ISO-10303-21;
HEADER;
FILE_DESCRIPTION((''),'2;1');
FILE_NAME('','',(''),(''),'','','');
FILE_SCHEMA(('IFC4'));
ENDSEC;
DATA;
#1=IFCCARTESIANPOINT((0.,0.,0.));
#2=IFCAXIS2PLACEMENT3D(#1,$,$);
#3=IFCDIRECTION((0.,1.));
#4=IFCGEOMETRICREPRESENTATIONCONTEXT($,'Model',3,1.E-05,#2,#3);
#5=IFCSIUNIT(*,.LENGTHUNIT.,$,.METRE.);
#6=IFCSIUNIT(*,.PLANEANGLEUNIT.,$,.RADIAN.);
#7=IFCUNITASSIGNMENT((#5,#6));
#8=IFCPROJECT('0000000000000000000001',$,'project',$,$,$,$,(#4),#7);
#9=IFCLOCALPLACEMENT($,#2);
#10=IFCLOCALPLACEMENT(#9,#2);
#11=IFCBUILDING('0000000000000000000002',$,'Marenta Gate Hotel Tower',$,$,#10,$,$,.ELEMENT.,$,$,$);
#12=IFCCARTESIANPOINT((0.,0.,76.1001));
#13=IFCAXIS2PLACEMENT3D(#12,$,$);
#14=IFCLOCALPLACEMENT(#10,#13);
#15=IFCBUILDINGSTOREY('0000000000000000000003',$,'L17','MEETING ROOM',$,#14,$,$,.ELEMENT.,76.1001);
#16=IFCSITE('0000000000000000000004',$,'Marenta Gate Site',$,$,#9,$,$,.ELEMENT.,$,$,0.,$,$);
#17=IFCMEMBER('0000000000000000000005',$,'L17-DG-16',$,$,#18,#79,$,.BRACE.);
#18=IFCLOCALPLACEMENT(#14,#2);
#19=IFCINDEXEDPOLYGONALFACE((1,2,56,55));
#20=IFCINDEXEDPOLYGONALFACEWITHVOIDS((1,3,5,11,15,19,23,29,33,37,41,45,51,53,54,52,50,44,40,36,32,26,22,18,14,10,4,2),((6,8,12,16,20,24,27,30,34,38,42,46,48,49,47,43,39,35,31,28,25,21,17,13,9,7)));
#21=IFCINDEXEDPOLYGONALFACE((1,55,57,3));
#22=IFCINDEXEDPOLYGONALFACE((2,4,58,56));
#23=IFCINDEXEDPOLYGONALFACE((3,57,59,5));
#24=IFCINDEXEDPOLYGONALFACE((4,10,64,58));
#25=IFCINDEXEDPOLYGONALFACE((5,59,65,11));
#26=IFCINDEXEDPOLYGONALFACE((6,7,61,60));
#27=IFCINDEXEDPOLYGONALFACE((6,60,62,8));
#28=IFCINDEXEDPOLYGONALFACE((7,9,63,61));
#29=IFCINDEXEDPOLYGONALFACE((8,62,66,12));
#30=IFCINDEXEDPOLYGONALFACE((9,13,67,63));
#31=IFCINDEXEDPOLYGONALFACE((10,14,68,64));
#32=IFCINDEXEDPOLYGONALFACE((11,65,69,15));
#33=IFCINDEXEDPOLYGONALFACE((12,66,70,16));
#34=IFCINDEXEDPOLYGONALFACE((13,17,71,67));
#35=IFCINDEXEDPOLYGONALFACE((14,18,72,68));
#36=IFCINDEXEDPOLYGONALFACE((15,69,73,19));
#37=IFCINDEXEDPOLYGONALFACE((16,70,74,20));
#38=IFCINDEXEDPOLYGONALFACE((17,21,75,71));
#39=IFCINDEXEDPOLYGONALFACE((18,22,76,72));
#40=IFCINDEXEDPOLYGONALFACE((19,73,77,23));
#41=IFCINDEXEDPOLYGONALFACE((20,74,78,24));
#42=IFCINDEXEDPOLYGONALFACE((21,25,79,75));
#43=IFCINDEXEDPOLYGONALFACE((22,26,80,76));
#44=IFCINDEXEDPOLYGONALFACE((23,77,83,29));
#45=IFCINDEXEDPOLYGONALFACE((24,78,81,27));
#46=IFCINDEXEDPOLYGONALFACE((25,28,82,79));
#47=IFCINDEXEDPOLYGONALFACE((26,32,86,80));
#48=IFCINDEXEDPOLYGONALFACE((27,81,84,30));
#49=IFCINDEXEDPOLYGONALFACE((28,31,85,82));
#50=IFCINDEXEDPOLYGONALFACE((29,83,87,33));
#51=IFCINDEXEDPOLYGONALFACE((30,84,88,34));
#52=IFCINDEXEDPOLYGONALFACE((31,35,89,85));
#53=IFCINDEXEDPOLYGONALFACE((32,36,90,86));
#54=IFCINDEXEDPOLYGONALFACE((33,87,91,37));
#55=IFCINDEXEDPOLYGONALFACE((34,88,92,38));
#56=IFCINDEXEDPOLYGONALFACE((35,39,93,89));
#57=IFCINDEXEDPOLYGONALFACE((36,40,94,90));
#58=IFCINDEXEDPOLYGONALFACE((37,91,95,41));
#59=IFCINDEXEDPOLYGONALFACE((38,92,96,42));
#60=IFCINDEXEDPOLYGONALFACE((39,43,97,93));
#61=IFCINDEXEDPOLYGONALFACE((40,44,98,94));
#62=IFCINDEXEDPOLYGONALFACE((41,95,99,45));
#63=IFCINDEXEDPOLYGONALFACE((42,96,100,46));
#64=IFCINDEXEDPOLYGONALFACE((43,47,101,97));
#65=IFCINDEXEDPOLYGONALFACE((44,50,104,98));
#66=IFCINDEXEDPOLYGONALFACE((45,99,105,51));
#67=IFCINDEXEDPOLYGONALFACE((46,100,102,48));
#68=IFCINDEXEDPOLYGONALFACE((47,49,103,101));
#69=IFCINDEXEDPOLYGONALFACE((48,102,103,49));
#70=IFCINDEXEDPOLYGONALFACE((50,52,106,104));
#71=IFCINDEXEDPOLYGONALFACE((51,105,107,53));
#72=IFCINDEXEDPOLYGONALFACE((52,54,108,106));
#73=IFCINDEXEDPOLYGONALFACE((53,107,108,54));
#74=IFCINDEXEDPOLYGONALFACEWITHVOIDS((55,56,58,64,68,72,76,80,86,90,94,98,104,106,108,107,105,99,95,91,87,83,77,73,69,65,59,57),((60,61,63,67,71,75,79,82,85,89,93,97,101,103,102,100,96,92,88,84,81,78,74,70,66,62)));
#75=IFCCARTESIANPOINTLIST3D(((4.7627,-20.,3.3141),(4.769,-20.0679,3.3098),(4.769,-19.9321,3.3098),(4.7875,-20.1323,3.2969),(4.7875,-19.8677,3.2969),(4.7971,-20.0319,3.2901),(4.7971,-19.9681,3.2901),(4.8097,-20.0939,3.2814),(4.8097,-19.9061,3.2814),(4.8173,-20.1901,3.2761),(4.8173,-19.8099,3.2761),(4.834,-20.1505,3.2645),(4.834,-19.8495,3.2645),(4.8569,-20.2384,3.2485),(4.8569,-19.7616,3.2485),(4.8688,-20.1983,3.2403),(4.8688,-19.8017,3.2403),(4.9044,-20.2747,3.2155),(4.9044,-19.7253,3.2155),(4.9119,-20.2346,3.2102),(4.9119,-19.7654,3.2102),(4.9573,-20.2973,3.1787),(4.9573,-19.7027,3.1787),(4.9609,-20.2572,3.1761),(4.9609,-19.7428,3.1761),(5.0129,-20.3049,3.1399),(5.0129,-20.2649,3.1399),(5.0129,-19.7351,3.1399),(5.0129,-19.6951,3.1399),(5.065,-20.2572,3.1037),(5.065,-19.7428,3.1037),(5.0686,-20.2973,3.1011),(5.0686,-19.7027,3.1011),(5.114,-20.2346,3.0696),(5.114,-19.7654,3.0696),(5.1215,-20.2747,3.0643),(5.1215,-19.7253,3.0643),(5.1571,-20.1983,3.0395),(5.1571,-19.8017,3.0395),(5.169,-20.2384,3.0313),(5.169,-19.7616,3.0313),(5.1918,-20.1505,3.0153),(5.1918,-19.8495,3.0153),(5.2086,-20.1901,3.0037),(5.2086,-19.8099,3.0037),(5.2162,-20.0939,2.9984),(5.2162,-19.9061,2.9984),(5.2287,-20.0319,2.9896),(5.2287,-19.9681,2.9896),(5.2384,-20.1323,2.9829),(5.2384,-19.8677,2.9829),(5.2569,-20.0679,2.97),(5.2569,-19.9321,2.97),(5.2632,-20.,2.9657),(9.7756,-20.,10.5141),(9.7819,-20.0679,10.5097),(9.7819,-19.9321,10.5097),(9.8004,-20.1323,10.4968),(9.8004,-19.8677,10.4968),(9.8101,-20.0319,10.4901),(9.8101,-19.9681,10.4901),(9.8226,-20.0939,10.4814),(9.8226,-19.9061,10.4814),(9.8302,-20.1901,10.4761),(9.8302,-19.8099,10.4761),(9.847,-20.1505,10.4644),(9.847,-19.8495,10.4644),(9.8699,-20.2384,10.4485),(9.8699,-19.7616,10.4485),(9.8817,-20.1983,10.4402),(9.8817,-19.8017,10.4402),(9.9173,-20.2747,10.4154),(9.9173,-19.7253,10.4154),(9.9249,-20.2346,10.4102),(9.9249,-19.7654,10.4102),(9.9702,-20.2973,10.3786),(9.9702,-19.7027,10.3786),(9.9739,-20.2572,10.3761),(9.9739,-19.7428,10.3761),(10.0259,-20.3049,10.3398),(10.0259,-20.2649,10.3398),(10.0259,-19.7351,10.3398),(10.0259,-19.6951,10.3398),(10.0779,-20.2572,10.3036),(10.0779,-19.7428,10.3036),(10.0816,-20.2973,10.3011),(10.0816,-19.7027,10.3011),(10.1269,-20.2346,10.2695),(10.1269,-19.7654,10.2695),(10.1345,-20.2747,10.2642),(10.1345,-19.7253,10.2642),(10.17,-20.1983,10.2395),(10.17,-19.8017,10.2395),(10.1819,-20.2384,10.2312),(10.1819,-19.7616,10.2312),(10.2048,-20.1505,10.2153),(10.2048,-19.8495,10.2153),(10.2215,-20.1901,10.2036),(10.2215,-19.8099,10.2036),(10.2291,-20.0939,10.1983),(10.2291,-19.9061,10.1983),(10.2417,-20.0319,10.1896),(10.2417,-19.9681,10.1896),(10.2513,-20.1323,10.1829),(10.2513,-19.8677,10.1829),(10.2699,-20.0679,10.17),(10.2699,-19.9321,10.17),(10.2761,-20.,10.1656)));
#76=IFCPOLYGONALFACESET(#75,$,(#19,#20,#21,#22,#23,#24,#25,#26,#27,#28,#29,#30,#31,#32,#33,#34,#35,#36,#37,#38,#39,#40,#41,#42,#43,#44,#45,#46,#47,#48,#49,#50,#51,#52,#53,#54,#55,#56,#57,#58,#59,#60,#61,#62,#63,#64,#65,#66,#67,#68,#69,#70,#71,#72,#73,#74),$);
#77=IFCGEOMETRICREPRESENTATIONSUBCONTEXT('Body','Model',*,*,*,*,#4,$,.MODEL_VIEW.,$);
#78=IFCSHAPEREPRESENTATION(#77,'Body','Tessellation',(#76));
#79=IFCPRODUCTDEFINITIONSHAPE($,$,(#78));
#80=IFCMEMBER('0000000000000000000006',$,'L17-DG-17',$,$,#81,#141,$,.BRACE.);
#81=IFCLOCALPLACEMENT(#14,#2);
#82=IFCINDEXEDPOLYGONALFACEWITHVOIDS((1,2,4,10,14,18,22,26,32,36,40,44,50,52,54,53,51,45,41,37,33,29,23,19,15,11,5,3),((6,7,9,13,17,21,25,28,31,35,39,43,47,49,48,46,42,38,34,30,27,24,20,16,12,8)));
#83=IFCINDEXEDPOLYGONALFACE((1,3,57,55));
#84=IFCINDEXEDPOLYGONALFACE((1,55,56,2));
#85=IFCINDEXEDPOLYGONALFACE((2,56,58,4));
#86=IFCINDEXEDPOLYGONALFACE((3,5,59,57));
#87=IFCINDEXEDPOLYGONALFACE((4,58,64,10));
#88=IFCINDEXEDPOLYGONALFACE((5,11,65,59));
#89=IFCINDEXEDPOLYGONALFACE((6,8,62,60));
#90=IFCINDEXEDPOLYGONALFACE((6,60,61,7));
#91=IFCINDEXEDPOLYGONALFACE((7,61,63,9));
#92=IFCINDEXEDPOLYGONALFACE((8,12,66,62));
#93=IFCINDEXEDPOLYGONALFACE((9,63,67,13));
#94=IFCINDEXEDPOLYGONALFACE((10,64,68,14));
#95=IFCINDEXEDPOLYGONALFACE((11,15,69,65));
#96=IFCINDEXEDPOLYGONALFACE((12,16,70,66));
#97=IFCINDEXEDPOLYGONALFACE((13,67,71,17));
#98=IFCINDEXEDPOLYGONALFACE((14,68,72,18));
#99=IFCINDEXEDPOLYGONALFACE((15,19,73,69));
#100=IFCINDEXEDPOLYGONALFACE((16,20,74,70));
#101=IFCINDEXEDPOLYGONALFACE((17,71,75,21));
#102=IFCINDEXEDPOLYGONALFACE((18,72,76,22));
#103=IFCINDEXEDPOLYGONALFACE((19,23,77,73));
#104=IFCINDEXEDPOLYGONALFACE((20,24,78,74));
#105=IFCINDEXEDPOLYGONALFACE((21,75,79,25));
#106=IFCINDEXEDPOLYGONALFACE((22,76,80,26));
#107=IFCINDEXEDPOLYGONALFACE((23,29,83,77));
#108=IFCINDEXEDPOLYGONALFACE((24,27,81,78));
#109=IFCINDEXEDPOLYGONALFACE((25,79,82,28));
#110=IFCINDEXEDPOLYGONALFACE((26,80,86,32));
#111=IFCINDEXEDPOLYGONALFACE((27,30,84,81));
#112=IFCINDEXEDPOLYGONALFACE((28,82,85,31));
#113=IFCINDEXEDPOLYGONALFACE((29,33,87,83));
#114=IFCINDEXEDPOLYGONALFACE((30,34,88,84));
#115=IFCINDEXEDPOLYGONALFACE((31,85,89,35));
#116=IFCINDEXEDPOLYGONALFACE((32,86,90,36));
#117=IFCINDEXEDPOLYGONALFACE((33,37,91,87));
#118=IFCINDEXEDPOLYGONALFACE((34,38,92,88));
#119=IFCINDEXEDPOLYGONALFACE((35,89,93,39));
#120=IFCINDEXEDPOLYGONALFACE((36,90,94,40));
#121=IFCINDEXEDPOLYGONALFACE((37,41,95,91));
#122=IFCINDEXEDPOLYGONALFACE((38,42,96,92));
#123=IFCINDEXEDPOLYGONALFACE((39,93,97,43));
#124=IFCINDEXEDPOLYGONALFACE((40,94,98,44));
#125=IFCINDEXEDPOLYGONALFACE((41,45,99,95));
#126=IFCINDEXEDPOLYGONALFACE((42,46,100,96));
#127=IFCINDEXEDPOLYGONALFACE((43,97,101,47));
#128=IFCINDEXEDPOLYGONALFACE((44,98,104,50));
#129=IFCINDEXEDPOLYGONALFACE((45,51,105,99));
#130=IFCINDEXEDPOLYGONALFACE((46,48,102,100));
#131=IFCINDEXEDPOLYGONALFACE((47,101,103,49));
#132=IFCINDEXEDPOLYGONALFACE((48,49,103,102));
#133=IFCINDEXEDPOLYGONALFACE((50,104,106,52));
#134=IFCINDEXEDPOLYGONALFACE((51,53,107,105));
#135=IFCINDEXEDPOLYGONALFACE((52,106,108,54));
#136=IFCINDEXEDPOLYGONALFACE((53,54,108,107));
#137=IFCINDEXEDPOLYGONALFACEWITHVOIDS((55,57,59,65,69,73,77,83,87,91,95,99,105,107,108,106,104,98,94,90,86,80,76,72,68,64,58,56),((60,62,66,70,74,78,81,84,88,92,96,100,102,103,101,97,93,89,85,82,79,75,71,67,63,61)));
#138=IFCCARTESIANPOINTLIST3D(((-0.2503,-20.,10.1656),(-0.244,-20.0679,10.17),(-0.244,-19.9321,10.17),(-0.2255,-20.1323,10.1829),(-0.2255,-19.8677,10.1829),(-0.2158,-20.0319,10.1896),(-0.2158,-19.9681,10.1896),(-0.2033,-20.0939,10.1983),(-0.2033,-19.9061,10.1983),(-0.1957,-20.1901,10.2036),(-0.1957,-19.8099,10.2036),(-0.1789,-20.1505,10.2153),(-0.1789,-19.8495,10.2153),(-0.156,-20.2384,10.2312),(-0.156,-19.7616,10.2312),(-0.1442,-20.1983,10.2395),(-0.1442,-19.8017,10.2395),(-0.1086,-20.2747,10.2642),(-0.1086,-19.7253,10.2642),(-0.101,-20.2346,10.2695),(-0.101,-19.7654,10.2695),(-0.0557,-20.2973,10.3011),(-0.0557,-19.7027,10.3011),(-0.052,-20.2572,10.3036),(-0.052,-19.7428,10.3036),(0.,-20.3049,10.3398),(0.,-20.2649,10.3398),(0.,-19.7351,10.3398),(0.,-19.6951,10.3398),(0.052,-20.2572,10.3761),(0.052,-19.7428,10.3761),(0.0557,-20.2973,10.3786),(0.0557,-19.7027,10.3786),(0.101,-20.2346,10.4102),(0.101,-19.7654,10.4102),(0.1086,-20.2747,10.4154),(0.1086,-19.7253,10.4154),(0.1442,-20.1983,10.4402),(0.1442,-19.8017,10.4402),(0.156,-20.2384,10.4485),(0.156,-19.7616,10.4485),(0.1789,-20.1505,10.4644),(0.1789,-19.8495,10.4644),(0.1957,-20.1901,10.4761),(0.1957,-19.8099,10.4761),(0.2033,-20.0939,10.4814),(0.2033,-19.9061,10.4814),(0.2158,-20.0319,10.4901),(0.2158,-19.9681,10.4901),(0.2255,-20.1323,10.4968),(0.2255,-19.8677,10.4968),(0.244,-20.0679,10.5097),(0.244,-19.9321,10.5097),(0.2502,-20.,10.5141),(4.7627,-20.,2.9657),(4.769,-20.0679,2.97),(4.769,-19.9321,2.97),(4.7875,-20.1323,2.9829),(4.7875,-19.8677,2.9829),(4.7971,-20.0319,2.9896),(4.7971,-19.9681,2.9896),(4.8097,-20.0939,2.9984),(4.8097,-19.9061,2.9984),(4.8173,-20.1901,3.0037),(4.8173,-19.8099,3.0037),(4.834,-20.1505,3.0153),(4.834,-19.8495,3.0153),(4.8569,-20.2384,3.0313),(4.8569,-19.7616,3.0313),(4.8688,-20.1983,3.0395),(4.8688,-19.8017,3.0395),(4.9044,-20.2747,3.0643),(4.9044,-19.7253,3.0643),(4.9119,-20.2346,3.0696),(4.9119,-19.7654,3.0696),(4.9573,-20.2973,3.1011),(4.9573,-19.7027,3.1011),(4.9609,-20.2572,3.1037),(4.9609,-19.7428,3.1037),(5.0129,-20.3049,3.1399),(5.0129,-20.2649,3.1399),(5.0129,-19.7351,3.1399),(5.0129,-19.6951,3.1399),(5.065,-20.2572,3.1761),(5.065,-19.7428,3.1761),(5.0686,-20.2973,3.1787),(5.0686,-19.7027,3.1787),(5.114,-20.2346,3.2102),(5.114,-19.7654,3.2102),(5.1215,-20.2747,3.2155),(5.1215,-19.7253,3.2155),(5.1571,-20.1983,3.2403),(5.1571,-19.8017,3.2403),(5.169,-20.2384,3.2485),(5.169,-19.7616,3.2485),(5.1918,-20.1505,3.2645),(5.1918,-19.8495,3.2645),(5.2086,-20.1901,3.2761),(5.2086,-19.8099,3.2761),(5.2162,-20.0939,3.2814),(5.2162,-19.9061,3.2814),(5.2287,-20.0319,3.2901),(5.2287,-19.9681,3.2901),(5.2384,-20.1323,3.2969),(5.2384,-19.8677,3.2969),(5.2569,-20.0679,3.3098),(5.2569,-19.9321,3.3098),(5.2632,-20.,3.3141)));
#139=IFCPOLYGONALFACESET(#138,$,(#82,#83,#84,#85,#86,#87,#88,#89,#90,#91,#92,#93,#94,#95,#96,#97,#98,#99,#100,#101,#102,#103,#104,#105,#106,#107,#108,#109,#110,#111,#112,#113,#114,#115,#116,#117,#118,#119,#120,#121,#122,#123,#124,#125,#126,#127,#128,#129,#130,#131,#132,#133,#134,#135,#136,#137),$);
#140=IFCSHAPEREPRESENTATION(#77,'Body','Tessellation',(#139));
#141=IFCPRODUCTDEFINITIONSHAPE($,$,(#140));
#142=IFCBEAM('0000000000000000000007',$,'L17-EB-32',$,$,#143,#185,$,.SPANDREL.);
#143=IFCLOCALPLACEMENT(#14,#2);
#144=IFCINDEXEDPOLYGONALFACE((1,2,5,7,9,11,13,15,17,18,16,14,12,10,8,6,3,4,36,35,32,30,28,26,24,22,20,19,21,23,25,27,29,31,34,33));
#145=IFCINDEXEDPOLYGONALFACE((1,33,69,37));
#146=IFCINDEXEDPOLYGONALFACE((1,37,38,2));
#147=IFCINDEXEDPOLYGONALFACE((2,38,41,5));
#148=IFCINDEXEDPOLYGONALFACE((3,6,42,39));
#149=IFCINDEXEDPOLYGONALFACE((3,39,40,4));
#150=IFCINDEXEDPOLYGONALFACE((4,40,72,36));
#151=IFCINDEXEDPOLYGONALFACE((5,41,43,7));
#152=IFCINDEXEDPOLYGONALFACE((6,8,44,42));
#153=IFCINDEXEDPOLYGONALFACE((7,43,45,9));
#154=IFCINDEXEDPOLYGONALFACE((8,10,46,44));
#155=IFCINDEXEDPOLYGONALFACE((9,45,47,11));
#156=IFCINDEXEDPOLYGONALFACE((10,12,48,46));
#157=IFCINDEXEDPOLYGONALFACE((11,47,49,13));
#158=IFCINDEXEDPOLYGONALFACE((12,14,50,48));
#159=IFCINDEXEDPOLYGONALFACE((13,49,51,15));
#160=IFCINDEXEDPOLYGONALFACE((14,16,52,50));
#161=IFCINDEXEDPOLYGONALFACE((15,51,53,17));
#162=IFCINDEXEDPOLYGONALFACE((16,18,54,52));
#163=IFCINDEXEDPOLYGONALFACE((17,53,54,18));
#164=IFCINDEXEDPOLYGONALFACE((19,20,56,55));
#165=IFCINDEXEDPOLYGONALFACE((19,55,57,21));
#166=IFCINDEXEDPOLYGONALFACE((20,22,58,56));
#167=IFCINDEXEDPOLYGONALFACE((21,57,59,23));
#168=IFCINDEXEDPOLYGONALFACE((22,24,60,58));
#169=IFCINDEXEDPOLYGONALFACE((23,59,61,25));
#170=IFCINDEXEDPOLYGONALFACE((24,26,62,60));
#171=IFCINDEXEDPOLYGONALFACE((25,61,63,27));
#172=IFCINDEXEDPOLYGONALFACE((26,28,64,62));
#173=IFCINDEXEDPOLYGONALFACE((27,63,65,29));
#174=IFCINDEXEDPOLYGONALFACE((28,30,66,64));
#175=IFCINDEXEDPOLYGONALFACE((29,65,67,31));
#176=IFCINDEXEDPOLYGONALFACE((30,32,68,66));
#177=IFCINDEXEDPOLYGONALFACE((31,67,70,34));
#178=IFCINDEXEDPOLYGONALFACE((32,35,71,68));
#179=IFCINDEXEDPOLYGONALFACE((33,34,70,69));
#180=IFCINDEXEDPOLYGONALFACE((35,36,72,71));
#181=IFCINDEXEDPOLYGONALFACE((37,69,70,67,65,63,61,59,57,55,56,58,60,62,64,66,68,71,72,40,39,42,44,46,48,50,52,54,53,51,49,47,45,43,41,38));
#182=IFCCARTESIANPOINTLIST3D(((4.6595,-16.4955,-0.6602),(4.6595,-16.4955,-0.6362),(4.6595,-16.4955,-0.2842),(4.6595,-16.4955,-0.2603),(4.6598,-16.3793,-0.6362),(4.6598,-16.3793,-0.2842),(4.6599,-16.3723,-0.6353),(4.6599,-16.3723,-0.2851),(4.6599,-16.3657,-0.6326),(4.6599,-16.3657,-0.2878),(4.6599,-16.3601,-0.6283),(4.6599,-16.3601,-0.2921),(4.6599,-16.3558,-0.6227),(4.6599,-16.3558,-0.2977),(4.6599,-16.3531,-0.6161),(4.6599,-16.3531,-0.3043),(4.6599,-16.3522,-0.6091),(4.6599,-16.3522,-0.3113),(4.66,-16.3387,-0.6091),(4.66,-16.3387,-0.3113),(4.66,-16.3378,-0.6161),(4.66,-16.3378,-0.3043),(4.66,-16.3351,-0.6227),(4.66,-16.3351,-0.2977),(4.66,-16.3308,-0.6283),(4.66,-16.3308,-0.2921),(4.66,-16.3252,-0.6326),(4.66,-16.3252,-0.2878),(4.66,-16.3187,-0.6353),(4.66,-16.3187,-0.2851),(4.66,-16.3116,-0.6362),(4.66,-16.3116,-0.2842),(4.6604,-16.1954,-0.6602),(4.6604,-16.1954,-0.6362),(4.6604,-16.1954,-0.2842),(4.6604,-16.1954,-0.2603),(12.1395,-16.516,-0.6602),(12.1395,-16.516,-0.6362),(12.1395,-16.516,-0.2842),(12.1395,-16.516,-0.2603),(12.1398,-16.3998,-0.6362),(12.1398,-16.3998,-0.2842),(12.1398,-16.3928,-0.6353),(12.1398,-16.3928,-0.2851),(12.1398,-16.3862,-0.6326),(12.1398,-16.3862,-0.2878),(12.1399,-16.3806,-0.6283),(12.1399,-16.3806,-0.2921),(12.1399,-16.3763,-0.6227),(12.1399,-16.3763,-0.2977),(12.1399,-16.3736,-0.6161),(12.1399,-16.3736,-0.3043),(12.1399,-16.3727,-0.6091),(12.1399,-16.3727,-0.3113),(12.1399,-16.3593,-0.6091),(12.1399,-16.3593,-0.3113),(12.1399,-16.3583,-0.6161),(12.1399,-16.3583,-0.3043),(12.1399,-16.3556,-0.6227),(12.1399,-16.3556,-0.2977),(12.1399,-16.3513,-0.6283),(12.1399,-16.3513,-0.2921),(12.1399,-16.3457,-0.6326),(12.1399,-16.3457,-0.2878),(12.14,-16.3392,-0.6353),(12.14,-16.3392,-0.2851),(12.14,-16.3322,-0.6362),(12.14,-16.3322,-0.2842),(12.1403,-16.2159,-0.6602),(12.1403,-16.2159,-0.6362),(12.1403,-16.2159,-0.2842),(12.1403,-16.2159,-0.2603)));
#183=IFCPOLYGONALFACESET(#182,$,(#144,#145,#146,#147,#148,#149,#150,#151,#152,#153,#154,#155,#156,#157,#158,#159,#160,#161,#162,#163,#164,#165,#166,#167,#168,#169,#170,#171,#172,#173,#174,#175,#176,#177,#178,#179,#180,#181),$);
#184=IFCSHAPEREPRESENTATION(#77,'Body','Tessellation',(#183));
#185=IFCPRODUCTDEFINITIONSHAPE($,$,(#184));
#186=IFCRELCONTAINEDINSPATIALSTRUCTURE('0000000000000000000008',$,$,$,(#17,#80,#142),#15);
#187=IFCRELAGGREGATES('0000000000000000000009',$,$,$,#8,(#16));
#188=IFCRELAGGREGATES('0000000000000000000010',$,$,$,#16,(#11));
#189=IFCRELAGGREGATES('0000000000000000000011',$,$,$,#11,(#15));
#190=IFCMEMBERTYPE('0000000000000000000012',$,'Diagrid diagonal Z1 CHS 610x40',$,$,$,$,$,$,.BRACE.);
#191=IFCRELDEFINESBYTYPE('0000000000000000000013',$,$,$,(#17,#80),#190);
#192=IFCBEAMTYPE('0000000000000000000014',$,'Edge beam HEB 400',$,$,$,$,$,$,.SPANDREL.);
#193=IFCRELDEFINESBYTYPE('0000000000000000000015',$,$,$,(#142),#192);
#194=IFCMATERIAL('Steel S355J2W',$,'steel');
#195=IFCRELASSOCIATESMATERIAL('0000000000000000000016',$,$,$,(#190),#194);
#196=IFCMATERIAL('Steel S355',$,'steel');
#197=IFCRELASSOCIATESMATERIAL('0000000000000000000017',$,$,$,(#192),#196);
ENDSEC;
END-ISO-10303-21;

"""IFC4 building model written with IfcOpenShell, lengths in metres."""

from ifc_helpers import new_model, si_unit, direction, frame, origin, origin_2d, place, context, subcontext, project, spatial, hollow_circle, i_section, extrude, material, material_profile, profile_set, type_object, element, save


model = new_model("IFC4")

# Units and contexts
model_context = context("Model", 3, precision=1e-05, world=origin(), true_north=direction((0.0, 1.0)))
body_context = subcontext(model_context, "Body", "Model", "MODEL_VIEW")
ifc_project = project(units=[si_unit("LENGTHUNIT", "METRE"), si_unit("PLANEANGLEUNIT", "RADIAN")], contexts=[model_context])

# Site, building, storey
site_placement = place(None, origin())
site = spatial("IfcSite", under=ifc_project, at=site_placement, Name="Marenta Gate Site", CompositionType="ELEMENT", RefElevation=0.0)
building_placement = place(site_placement, origin())
building = spatial("IfcBuilding", under=site, at=building_placement, Name="Marenta Gate Hotel Tower", CompositionType="ELEMENT")
storey_placement = place(building_placement, frame((0.0, 0.0, 76.1001)))
storey = spatial("IfcBuildingStorey", under=building, at=storey_placement, Name="L17", Description="MEETING ROOM", CompositionType="ELEMENT", Elevation=76.1001)

# Members
ifc_material_1 = material(Name="Steel S355J2W", Category="steel")
ifc_material_profile_1 = material_profile(ifc_material_1, hollow_circle(Radius=0.3049, WallThickness=0.04, at=origin_2d()), Name="CHS 610x40")
ifc_profile_set_1 = profile_set([ifc_material_profile_1], Name="Steel S355J2W")
member_type_1 = type_object("IfcMemberType", Name="Diagrid diagonal Z1 CHS 610x40", PredefinedType="BRACE", material=ifc_profile_set_1)
for number, where, z_axis, x_axis, name in (
    (1, (5.0129, -20.0, 3.1399), (0.571393, 0.0, 0.820677), (0.0, 1.0, 0.0), "L17-DG-16"),
    (2, (5.0129, -20.0, 3.1399), (-0.571393, 0.0, 0.820677), (0.0, -1.0, 0.0), "L17-DG-17"),
):
    element("IfcMember", number, at=place(storey_placement, frame(where, z_axis=z_axis, x_axis=x_axis)), inside=storey, type_object=member_type_1, Name=name, PredefinedType="BRACE", context=body_context, shape_type="SweptSolid", body=[
        extrude(hollow_circle(Radius=0.3049, WallThickness=0.04, at=origin_2d()), origin(), (0.0, 0.0, 1.0), 8.7732),
    ])

# Beam
ifc_material_2 = material(Name="Steel S355", Category="steel")
ifc_material_profile_2 = material_profile(ifc_material_2, i_section(OverallWidth=0.3, OverallDepth=0.3999, WebThickness=0.0134, FlangeThickness=0.0239, FilletRadius=0.0271, at=origin_2d()), Name="HEB 400")
ifc_profile_set_2 = profile_set([ifc_material_profile_2], Name="Steel S355")
beam_type_1 = type_object("IfcBeamType", Name="Edge beam HEB 400", PredefinedType="SPANDREL", material=ifc_profile_set_2)
for number, where, z_axis, x_axis, name in (
    (3, (12.1399, -16.366, -0.4602), (-0.999996, 0.002742, 0.0), (-0.002742, -0.999996, 0.0), "L17-EB-32"),
):
    element("IfcBeam", number, at=place(storey_placement, frame(where, z_axis=z_axis, x_axis=x_axis)), inside=storey, type_object=beam_type_1, Name=name, PredefinedType="SPANDREL", context=body_context, shape_type="SweptSolid", body=[
        extrude(i_section(OverallWidth=0.3, OverallDepth=0.3999, WebThickness=0.0134, FlangeThickness=0.0239, FilletRadius=0.0271, at=origin_2d()), origin(), (0.0, 0.0, 1.0), 7.48),
    ])

save(model, "model.ifc")
